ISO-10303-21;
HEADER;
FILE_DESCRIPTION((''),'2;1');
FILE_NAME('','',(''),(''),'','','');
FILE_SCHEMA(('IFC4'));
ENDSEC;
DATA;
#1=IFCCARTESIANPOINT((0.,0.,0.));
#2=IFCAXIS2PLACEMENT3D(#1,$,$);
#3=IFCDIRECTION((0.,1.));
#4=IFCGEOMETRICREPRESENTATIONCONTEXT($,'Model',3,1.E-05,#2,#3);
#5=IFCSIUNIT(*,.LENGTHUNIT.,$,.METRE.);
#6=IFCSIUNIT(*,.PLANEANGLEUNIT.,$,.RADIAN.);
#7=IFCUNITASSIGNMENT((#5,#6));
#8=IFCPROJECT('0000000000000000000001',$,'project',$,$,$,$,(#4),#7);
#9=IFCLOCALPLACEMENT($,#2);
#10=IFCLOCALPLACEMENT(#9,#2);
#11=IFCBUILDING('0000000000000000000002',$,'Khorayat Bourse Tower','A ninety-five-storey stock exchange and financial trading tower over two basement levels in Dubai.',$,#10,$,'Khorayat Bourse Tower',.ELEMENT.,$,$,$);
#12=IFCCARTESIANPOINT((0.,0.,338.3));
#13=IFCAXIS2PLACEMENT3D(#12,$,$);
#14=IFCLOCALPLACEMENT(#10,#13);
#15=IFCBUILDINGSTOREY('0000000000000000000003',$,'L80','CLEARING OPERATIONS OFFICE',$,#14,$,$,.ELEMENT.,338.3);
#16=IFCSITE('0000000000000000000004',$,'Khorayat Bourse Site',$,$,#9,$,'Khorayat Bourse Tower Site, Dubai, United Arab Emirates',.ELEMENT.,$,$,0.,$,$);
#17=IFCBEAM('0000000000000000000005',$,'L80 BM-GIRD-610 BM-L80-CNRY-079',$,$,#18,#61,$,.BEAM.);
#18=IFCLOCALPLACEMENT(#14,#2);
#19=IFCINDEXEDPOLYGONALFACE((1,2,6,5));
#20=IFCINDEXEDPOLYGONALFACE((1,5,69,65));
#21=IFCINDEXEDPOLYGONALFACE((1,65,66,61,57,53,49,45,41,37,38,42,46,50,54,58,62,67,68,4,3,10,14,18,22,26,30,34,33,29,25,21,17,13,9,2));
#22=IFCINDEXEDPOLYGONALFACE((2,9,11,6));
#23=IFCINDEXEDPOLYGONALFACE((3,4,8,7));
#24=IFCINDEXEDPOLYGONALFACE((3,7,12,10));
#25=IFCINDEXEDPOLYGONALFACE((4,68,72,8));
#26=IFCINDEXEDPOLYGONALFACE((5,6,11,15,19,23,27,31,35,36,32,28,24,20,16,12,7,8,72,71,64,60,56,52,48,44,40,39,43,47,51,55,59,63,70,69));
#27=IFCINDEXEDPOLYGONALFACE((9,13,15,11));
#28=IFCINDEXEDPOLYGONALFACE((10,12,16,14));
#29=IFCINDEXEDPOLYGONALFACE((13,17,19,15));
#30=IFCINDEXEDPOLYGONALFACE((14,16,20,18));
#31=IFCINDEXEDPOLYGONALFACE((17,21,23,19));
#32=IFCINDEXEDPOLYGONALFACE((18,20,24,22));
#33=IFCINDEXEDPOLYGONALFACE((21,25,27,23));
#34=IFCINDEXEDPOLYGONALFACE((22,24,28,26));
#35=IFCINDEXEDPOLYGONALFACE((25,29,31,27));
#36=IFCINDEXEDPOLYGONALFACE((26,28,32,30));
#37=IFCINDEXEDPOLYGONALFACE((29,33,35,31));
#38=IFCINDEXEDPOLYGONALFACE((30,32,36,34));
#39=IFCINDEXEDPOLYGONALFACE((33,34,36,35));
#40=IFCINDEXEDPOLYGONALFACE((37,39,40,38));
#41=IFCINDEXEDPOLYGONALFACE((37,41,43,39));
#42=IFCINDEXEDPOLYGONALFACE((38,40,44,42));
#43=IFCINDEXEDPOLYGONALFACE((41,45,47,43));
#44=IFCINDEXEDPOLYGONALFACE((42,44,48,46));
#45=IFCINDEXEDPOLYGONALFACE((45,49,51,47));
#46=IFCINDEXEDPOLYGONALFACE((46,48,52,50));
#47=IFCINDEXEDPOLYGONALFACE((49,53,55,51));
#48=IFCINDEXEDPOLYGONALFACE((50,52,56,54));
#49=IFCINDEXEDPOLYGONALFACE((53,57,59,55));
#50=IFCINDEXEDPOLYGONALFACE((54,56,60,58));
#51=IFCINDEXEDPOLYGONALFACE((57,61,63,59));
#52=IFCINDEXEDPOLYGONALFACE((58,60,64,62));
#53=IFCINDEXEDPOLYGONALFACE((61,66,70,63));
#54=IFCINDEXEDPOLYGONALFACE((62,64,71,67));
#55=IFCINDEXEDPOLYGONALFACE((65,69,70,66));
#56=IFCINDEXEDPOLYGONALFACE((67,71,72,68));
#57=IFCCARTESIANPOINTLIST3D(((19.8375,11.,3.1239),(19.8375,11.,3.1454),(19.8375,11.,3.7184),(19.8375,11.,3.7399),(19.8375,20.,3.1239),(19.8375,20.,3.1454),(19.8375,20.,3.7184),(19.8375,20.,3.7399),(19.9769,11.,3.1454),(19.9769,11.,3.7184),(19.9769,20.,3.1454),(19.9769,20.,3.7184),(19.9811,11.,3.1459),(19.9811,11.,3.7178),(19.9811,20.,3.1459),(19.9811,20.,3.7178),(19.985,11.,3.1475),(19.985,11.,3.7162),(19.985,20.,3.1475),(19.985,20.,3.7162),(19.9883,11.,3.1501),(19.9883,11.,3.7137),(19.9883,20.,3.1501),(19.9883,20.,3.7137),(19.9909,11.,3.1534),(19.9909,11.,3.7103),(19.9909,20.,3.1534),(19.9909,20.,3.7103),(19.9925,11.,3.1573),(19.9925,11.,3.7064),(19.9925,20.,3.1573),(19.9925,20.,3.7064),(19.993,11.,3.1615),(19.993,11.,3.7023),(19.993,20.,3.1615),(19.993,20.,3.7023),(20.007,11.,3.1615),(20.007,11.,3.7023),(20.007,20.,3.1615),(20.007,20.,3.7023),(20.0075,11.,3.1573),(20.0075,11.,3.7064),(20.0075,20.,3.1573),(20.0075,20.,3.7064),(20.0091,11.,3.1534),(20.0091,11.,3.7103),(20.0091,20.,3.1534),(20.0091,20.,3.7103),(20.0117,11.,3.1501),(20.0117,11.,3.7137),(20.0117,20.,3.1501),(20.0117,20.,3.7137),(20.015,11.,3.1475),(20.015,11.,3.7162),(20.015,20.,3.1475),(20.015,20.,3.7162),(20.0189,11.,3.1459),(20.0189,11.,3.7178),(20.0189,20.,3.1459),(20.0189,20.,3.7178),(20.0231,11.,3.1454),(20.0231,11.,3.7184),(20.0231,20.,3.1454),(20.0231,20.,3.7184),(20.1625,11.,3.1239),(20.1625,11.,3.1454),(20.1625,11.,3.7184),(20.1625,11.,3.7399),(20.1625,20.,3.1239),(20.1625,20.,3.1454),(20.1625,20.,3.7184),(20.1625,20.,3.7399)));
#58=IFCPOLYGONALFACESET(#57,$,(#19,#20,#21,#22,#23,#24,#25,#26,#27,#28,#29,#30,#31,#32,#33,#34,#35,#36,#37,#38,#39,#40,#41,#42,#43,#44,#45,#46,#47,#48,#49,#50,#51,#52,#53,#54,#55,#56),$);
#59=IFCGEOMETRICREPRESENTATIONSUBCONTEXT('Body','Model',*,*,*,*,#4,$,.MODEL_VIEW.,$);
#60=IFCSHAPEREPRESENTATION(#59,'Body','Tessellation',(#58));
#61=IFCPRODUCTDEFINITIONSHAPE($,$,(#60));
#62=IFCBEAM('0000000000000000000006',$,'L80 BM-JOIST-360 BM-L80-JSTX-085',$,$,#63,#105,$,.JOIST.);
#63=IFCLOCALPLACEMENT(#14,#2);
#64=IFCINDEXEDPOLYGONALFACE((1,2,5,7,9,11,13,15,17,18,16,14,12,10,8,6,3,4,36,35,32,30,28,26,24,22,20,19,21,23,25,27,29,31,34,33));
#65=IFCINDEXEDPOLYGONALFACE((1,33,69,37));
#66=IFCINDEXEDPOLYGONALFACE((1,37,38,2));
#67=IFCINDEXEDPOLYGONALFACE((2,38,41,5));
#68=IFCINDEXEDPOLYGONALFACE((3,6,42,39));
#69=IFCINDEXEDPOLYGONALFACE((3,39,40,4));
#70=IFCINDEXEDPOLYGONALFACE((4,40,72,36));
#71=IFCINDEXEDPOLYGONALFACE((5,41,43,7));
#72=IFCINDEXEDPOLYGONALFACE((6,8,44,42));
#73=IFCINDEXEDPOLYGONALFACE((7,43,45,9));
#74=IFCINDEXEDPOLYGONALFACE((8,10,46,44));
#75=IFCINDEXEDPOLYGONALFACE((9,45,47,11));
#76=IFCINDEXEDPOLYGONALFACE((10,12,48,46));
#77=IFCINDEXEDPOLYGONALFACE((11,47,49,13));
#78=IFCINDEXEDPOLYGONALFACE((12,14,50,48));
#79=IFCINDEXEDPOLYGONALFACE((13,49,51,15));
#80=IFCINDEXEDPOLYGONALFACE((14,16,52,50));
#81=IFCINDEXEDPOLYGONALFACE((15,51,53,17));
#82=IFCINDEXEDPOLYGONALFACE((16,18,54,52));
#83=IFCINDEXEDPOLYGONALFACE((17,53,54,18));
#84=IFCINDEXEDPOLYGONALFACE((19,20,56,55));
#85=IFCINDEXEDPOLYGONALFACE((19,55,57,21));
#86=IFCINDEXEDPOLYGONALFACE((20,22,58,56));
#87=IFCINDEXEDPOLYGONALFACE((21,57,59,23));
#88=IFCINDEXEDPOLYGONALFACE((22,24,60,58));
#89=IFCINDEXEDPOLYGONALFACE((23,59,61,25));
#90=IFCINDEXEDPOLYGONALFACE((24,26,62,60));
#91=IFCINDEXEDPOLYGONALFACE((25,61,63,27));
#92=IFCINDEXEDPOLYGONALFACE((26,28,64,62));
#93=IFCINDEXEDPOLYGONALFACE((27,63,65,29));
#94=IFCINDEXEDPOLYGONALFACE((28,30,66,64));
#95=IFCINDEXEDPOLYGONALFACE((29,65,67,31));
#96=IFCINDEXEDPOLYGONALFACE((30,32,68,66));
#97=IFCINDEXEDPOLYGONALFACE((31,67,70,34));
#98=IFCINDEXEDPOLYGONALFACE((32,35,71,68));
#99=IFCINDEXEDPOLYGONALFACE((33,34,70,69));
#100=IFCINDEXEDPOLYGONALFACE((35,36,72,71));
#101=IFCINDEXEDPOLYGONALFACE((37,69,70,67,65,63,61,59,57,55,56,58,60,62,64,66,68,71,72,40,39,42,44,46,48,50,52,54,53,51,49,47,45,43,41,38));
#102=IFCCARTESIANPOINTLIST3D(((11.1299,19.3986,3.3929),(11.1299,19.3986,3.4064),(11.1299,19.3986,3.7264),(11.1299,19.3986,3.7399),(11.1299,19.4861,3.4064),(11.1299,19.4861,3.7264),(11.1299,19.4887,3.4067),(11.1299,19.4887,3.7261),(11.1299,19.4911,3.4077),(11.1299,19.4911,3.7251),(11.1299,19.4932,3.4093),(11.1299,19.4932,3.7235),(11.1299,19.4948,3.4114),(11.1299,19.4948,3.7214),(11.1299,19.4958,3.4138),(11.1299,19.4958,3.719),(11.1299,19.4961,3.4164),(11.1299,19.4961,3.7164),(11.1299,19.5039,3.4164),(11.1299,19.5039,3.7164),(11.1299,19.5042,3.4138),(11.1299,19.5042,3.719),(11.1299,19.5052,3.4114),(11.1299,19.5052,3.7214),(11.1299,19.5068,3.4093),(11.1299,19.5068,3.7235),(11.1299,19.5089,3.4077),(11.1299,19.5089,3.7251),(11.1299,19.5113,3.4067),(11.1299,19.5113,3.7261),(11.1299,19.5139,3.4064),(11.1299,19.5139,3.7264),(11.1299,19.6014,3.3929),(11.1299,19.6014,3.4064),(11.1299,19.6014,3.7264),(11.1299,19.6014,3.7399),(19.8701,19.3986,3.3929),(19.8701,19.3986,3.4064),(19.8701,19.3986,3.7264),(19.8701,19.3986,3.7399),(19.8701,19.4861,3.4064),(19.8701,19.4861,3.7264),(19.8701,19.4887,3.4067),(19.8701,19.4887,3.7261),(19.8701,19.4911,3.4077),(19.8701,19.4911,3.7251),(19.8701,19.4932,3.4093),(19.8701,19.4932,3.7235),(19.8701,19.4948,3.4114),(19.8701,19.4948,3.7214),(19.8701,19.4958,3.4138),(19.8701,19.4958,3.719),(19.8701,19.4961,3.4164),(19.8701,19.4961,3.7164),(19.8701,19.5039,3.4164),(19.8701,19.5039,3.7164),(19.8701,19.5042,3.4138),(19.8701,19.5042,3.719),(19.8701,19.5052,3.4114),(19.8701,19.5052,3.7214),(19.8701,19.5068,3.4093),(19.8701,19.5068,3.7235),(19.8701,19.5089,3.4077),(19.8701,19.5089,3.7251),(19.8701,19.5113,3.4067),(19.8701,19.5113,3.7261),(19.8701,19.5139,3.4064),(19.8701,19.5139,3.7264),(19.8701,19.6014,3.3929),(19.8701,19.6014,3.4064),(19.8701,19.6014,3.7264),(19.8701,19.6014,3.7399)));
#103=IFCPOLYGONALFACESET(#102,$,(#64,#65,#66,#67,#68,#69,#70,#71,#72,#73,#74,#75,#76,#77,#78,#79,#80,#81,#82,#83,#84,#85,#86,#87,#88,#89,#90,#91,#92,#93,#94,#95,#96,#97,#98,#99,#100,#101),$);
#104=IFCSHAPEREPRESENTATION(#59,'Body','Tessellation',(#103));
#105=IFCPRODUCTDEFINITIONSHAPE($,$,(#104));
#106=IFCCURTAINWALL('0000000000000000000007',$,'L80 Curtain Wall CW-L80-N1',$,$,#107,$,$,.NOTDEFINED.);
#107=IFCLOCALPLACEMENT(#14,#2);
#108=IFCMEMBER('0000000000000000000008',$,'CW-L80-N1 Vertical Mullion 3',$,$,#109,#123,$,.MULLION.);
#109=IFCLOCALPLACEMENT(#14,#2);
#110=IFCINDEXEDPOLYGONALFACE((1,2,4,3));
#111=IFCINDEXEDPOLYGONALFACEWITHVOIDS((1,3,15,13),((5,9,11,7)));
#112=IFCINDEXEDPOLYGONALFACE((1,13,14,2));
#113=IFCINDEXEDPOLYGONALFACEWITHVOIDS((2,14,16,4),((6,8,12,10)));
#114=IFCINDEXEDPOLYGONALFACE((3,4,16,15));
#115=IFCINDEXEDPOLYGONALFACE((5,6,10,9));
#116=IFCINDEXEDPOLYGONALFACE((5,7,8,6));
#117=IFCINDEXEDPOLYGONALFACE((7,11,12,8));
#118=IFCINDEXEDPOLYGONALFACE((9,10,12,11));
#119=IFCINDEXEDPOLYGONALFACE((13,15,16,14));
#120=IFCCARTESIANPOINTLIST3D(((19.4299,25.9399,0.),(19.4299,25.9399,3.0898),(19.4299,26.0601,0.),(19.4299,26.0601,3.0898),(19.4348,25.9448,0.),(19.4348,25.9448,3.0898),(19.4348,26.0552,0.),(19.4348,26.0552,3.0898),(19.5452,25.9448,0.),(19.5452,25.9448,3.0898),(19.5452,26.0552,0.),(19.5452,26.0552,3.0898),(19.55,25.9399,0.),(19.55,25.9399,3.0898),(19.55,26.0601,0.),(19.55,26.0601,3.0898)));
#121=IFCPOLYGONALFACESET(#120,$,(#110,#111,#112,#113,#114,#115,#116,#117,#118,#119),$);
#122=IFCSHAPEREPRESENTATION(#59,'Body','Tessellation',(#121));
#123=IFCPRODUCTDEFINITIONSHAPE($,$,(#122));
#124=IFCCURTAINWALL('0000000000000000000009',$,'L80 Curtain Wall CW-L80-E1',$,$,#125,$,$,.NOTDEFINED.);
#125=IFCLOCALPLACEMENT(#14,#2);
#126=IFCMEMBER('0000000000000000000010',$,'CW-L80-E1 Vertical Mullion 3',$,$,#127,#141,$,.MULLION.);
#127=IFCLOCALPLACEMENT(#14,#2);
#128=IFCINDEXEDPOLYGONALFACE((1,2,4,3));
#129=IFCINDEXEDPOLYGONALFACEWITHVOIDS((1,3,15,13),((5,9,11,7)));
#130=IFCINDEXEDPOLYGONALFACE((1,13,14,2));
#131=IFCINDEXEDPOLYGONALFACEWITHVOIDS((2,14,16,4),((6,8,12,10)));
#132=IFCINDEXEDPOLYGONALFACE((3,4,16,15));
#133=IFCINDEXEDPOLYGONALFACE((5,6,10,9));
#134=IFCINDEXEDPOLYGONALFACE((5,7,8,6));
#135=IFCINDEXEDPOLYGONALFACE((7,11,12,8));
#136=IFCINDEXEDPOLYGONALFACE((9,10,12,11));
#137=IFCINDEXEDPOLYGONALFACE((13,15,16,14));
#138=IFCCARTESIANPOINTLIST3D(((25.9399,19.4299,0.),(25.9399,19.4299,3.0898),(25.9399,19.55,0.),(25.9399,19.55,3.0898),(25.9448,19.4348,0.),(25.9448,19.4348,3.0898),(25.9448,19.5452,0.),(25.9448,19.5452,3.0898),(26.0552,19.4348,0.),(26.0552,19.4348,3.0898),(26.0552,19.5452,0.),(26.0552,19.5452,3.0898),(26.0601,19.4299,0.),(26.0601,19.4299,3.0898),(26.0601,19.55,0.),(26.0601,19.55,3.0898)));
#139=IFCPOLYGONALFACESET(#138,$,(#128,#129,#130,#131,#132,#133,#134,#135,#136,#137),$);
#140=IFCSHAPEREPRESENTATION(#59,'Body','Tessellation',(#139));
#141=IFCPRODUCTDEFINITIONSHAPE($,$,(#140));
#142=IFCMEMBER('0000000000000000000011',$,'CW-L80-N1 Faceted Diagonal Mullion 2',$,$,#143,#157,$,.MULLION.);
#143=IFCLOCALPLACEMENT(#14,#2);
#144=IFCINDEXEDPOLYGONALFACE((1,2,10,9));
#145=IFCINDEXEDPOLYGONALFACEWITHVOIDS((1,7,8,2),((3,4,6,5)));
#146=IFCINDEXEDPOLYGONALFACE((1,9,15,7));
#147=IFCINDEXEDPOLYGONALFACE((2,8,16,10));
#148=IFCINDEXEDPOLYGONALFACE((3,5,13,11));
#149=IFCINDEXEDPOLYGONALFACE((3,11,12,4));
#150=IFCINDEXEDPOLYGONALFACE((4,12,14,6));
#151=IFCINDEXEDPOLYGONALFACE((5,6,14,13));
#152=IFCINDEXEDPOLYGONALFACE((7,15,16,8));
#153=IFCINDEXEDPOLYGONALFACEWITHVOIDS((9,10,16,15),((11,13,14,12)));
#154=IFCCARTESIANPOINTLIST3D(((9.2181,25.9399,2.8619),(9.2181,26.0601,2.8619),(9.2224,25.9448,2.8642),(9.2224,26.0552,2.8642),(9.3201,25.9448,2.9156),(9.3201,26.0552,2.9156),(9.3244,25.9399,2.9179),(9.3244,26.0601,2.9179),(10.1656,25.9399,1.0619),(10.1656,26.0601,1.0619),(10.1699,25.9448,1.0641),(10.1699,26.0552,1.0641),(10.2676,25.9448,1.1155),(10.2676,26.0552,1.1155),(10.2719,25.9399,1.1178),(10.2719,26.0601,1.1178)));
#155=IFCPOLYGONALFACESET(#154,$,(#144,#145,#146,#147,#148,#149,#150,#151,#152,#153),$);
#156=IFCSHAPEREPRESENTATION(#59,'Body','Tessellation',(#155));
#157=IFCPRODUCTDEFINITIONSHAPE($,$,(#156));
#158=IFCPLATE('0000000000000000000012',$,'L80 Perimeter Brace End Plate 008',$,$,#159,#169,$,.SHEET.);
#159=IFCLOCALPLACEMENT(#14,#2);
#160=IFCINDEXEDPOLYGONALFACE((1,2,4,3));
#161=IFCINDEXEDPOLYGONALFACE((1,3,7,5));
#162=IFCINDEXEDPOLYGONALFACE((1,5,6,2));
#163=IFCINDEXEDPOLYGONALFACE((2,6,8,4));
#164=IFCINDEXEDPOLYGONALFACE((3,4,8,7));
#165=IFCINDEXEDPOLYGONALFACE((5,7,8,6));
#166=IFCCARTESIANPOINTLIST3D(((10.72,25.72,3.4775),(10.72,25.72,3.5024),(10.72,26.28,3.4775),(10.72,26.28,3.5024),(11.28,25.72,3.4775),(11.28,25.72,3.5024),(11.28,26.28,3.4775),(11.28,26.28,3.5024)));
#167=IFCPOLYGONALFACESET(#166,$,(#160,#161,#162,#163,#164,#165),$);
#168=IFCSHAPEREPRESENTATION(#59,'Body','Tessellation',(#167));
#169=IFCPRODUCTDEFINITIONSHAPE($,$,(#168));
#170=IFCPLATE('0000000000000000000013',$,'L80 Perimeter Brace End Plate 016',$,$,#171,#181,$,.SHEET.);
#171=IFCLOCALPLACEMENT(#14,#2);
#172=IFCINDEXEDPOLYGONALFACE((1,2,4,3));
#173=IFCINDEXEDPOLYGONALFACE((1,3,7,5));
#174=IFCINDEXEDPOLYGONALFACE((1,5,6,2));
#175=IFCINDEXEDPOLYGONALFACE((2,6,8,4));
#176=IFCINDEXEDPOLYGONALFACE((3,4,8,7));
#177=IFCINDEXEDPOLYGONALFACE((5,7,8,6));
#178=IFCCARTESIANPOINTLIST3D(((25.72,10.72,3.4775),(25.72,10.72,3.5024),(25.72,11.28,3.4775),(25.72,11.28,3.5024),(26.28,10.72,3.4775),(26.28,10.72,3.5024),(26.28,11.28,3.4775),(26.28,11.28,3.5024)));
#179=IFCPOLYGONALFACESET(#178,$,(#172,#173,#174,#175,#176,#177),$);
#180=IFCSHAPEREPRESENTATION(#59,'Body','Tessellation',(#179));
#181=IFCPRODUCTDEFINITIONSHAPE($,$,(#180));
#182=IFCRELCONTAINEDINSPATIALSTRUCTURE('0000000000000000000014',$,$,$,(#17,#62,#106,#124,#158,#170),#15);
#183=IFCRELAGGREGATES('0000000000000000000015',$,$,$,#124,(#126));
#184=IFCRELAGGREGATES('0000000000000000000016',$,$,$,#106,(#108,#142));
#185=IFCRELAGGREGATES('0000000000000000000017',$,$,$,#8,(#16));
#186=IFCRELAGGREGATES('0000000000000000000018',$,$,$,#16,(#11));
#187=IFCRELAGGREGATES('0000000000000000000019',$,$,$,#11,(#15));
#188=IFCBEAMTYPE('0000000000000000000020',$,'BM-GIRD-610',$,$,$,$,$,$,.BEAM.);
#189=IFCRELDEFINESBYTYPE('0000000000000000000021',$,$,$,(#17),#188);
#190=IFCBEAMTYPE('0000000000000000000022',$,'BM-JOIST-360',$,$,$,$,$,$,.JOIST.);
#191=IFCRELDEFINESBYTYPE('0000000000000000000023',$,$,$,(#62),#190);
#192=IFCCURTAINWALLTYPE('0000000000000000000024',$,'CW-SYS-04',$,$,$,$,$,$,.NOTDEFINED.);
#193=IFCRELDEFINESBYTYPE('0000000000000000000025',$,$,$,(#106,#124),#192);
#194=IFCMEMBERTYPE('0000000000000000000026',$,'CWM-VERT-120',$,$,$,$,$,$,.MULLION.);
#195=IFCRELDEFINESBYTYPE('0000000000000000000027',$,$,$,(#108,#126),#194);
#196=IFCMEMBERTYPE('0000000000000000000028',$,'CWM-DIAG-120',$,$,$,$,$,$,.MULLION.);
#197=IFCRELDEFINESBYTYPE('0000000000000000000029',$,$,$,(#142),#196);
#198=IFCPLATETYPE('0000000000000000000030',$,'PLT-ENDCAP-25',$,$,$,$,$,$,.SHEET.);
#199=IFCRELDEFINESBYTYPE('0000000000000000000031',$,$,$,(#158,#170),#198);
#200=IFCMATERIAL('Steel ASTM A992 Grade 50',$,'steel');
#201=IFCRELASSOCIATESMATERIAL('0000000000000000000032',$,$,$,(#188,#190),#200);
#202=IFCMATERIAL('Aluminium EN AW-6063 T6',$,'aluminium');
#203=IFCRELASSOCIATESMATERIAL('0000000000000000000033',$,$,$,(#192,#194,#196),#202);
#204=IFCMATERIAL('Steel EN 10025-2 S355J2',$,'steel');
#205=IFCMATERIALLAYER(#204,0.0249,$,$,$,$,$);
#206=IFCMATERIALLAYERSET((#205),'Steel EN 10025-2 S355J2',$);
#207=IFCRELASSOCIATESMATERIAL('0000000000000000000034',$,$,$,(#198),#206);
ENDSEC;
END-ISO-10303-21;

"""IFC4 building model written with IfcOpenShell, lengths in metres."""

from ifc_helpers import new_model, si_unit, direction, frame, origin, origin_2d, place, context, subcontext, project, spatial, rectangle, hollow_rectangle, i_section, extrude, source, transform, mapped, material, layer, layer_set, material_profile, profile_set, type_object, element, aggregate, save


model = new_model("IFC4")

# Units and contexts
model_context = context("Model", 3, precision=1e-05, world=origin(), true_north=direction((0.0, 1.0)))
body_context = subcontext(model_context, "Body", "Model", "MODEL_VIEW")
ifc_project = project(units=[si_unit("LENGTHUNIT", "METRE"), si_unit("PLANEANGLEUNIT", "RADIAN")], contexts=[model_context])

# Site, building, storey
site_placement = place(None, origin())
site = spatial("IfcSite", under=ifc_project, at=site_placement, Name="Khorayat Bourse Site", LongName="Khorayat Bourse Tower Site, Dubai, United Arab Emirates", CompositionType="ELEMENT", RefElevation=0.0)
building_placement = place(site_placement, origin())
building = spatial("IfcBuilding", under=site, at=building_placement, Name="Khorayat Bourse Tower", Description="A ninety-five-storey stock exchange and financial trading tower over two basement levels in Dubai.", LongName="Khorayat Bourse Tower", CompositionType="ELEMENT")
storey_placement = place(building_placement, frame((0.0, 0.0, 338.3)))
storey = spatial("IfcBuildingStorey", under=building, at=storey_placement, Name="L80", Description="CLEARING OPERATIONS OFFICE", CompositionType="ELEMENT", Elevation=338.3)

# Shared definitions
ifc_material_1 = material(Name="Steel EN 10025-2 S355J2", Category="steel")

# Beams
ifc_material_2 = material(Name="Steel ASTM A992 Grade 50", Category="steel")
ifc_material_profile_1 = material_profile(ifc_material_2, i_section(OverallWidth=0.325, OverallDepth=0.616, WebThickness=0.0139, FlangeThickness=0.0215, FilletRadius=0.0161, at=origin_2d()), Name="W610X174")
ifc_profile_set_1 = profile_set([ifc_material_profile_1], Name="Steel ASTM A992 Grade 50")
beam_type_1 = type_object("IfcBeamType", Name="BM-GIRD-610", PredefinedType="BEAM", material=ifc_profile_set_1)
shared_shape_1 = source(origin(), body_context, "Body", "SweptSolid", [
    extrude(i_section(OverallWidth=0.325, OverallDepth=0.616, WebThickness=0.0139, FlangeThickness=0.0215, FilletRadius=0.0161, at=origin_2d()), origin(), (0.0, 0.0, 1.0), 9.0),
])
beam_1_placement = place(storey_placement, frame((20.0, 11.0, 3.4319), z_axis=(0.0, 1.0, 0.0), x_axis=(-1.0, 0.0, 0.0)))
element("IfcBeam", 1, at=beam_1_placement, inside=storey, type_object=beam_type_1, Name="L80 BM-GIRD-610 BM-L80-CNRY-079", PredefinedType="BEAM", context=body_context, shape_type="MappedRepresentation", body=[
    mapped(shared_shape_1, transform((0.0, 0.0, 0.0), scale=1.0)),
])
ifc_material_profile_2 = material_profile(ifc_material_2, i_section(OverallWidth=0.2029, OverallDepth=0.3469, WebThickness=0.0078, FlangeThickness=0.0134, FilletRadius=0.01, at=origin_2d()), Name="W360X64")
ifc_profile_set_2 = profile_set([ifc_material_profile_2], Name="Steel ASTM A992 Grade 50")
beam_type_2 = type_object("IfcBeamType", Name="BM-JOIST-360", PredefinedType="JOIST", material=ifc_profile_set_2)
shared_shape_2 = source(origin(), body_context, "Body", "SweptSolid", [
    extrude(i_section(OverallWidth=0.2029, OverallDepth=0.3469, WebThickness=0.0078, FlangeThickness=0.0134, FilletRadius=0.01, at=origin_2d()), origin(), (0.0, 0.0, 1.0), 8.7402),
])
beam_2_placement = place(storey_placement, frame((11.1299, 19.5, 3.5664), z_axis=(1.0, 0.0, 0.0), x_axis=(0.0, 1.0, 0.0)))
element("IfcBeam", 2, at=beam_2_placement, inside=storey, type_object=beam_type_2, Name="L80 BM-JOIST-360 BM-L80-JSTX-085", PredefinedType="JOIST", context=body_context, shape_type="MappedRepresentation", body=[
    mapped(shared_shape_2, transform((0.0, 0.0, 0.0), scale=1.0)),
])

# Curtain walls, members
ifc_material_3 = material(Name="Aluminium EN AW-6063 T6", Category="aluminium")
curtain_wall_type = type_object("IfcCurtainWallType", Name="CW-SYS-04", PredefinedType="NOTDEFINED", material=ifc_material_3)
curtain_wall_1_placement = place(storey_placement, origin())
curtain_wall_1 = element("IfcCurtainWall", 3, at=curtain_wall_1_placement, inside=storey, type_object=curtain_wall_type, Name="L80 Curtain Wall CW-L80-N1", PredefinedType="NOTDEFINED")
ifc_material_profile_3 = material_profile(ifc_material_3, hollow_rectangle(XDim=0.1201, YDim=0.1201, WallThickness=0.0049, at=origin_2d()), Name="ALU 120x120x5")
ifc_profile_set_3 = profile_set([ifc_material_profile_3], Name="Aluminium EN AW-6063 T6")
member_type_1 = type_object("IfcMemberType", Name="CWM-VERT-120", PredefinedType="MULLION", material=ifc_profile_set_3)
shared_shape_3 = source(origin(), body_context, "Body", "SweptSolid", [
    extrude(hollow_rectangle(XDim=0.1201, YDim=0.1201, WallThickness=0.0049, at=origin_2d()), origin(), (0.0, 0.0, 1.0), 3.0898),
])
member_1_placement = place(storey_placement, frame((19.49, 26.0, 0.0), z_axis=(0.0, 0.0, 1.0), x_axis=(0.0, 1.0, 0.0)))
member_1 = element("IfcMember", 4, at=member_1_placement, type_object=member_type_1, Name="CW-L80-N1 Vertical Mullion 3", PredefinedType="MULLION", context=body_context, shape_type="MappedRepresentation", body=[
    mapped(shared_shape_3, transform((0.0, 0.0, 0.0), scale=1.0)),
])
curtain_wall_2_placement = place(storey_placement, origin())
curtain_wall_2 = element("IfcCurtainWall", 5, at=curtain_wall_2_placement, inside=storey, type_object=curtain_wall_type, Name="L80 Curtain Wall CW-L80-E1", PredefinedType="NOTDEFINED")
member_2_placement = place(storey_placement, frame((26.0, 19.49, 0.0), z_axis=(0.0, 0.0, 1.0), x_axis=(-1.0, 0.0, 0.0)))
member_2 = element("IfcMember", 6, at=member_2_placement, type_object=member_type_1, Name="CW-L80-E1 Vertical Mullion 3", PredefinedType="MULLION", context=body_context, shape_type="MappedRepresentation", body=[
    mapped(shared_shape_3, transform((0.0, 0.0, 0.0), scale=1.0)),
])
aggregate(curtain_wall_2, [member_2])

# Member
ifc_material_profile_4 = material_profile(ifc_material_3, hollow_rectangle(XDim=0.1201, YDim=0.1201, WallThickness=0.0049, at=origin_2d()), Name="ALU 120x120x5")
ifc_profile_set_4 = profile_set([ifc_material_profile_4], Name="Aluminium EN AW-6063 T6")
member_type_2 = type_object("IfcMemberType", Name="CWM-DIAG-120", PredefinedType="MULLION", material=ifc_profile_set_4)
shared_shape_4 = source(origin(), body_context, "Body", "SweptSolid", [
    extrude(hollow_rectangle(XDim=0.1201, YDim=0.1201, WallThickness=0.0049, at=origin_2d()), origin(), (0.0, 0.0, 1.0), 2.0342),
])
member_3_placement = place(storey_placement, frame((10.2188, 26.0, 1.0898), z_axis=(-0.465791, 0.0, 0.884895), x_axis=(0.0, -1.0, 0.0)))
member_3 = element("IfcMember", 7, at=member_3_placement, type_object=member_type_2, Name="CW-L80-N1 Faceted Diagonal Mullion 2", PredefinedType="MULLION", context=body_context, shape_type="MappedRepresentation", body=[
    mapped(shared_shape_4, transform((0.0, 0.0, 0.0), scale=1.0)),
])
aggregate(curtain_wall_1, [member_1, member_3])

# Plates
ifc_layer_1 = layer(ifc_material_1, 0.0249)
ifc_layer_set_1 = layer_set([ifc_layer_1], Name="Steel EN 10025-2 S355J2")
plate_type = type_object("IfcPlateType", Name="PLT-ENDCAP-25", PredefinedType="SHEET", material=ifc_layer_set_1)
shared_shape_5 = source(origin(), body_context, "Body", "SweptSolid", [
    extrude(rectangle(XDim=0.5601, YDim=0.5601, at=origin_2d()), origin(), (0.0, 0.0, 1.0), 0.0249),
])
for number, where, z_axis, x_axis, name in (
    (8, (11.0, 26.0, 3.4775), (0.0, 0.0, 1.0), (1.0, 0.0, 0.0), "L80 Perimeter Brace End Plate 008"),
    (9, (26.0, 11.0, 3.4775), (0.0, 0.0, 1.0), (1.0, 0.0, 0.0), "L80 Perimeter Brace End Plate 016"),
):
    element("IfcPlate", number, at=place(storey_placement, frame(where, z_axis=z_axis, x_axis=x_axis)), inside=storey, type_object=plate_type, Name=name, PredefinedType="SHEET", context=body_context, shape_type="MappedRepresentation", body=[
        mapped(shared_shape_5, transform((0.0, 0.0, 0.0), scale=1.0)),
    ])

save(model, "model.ifc")
